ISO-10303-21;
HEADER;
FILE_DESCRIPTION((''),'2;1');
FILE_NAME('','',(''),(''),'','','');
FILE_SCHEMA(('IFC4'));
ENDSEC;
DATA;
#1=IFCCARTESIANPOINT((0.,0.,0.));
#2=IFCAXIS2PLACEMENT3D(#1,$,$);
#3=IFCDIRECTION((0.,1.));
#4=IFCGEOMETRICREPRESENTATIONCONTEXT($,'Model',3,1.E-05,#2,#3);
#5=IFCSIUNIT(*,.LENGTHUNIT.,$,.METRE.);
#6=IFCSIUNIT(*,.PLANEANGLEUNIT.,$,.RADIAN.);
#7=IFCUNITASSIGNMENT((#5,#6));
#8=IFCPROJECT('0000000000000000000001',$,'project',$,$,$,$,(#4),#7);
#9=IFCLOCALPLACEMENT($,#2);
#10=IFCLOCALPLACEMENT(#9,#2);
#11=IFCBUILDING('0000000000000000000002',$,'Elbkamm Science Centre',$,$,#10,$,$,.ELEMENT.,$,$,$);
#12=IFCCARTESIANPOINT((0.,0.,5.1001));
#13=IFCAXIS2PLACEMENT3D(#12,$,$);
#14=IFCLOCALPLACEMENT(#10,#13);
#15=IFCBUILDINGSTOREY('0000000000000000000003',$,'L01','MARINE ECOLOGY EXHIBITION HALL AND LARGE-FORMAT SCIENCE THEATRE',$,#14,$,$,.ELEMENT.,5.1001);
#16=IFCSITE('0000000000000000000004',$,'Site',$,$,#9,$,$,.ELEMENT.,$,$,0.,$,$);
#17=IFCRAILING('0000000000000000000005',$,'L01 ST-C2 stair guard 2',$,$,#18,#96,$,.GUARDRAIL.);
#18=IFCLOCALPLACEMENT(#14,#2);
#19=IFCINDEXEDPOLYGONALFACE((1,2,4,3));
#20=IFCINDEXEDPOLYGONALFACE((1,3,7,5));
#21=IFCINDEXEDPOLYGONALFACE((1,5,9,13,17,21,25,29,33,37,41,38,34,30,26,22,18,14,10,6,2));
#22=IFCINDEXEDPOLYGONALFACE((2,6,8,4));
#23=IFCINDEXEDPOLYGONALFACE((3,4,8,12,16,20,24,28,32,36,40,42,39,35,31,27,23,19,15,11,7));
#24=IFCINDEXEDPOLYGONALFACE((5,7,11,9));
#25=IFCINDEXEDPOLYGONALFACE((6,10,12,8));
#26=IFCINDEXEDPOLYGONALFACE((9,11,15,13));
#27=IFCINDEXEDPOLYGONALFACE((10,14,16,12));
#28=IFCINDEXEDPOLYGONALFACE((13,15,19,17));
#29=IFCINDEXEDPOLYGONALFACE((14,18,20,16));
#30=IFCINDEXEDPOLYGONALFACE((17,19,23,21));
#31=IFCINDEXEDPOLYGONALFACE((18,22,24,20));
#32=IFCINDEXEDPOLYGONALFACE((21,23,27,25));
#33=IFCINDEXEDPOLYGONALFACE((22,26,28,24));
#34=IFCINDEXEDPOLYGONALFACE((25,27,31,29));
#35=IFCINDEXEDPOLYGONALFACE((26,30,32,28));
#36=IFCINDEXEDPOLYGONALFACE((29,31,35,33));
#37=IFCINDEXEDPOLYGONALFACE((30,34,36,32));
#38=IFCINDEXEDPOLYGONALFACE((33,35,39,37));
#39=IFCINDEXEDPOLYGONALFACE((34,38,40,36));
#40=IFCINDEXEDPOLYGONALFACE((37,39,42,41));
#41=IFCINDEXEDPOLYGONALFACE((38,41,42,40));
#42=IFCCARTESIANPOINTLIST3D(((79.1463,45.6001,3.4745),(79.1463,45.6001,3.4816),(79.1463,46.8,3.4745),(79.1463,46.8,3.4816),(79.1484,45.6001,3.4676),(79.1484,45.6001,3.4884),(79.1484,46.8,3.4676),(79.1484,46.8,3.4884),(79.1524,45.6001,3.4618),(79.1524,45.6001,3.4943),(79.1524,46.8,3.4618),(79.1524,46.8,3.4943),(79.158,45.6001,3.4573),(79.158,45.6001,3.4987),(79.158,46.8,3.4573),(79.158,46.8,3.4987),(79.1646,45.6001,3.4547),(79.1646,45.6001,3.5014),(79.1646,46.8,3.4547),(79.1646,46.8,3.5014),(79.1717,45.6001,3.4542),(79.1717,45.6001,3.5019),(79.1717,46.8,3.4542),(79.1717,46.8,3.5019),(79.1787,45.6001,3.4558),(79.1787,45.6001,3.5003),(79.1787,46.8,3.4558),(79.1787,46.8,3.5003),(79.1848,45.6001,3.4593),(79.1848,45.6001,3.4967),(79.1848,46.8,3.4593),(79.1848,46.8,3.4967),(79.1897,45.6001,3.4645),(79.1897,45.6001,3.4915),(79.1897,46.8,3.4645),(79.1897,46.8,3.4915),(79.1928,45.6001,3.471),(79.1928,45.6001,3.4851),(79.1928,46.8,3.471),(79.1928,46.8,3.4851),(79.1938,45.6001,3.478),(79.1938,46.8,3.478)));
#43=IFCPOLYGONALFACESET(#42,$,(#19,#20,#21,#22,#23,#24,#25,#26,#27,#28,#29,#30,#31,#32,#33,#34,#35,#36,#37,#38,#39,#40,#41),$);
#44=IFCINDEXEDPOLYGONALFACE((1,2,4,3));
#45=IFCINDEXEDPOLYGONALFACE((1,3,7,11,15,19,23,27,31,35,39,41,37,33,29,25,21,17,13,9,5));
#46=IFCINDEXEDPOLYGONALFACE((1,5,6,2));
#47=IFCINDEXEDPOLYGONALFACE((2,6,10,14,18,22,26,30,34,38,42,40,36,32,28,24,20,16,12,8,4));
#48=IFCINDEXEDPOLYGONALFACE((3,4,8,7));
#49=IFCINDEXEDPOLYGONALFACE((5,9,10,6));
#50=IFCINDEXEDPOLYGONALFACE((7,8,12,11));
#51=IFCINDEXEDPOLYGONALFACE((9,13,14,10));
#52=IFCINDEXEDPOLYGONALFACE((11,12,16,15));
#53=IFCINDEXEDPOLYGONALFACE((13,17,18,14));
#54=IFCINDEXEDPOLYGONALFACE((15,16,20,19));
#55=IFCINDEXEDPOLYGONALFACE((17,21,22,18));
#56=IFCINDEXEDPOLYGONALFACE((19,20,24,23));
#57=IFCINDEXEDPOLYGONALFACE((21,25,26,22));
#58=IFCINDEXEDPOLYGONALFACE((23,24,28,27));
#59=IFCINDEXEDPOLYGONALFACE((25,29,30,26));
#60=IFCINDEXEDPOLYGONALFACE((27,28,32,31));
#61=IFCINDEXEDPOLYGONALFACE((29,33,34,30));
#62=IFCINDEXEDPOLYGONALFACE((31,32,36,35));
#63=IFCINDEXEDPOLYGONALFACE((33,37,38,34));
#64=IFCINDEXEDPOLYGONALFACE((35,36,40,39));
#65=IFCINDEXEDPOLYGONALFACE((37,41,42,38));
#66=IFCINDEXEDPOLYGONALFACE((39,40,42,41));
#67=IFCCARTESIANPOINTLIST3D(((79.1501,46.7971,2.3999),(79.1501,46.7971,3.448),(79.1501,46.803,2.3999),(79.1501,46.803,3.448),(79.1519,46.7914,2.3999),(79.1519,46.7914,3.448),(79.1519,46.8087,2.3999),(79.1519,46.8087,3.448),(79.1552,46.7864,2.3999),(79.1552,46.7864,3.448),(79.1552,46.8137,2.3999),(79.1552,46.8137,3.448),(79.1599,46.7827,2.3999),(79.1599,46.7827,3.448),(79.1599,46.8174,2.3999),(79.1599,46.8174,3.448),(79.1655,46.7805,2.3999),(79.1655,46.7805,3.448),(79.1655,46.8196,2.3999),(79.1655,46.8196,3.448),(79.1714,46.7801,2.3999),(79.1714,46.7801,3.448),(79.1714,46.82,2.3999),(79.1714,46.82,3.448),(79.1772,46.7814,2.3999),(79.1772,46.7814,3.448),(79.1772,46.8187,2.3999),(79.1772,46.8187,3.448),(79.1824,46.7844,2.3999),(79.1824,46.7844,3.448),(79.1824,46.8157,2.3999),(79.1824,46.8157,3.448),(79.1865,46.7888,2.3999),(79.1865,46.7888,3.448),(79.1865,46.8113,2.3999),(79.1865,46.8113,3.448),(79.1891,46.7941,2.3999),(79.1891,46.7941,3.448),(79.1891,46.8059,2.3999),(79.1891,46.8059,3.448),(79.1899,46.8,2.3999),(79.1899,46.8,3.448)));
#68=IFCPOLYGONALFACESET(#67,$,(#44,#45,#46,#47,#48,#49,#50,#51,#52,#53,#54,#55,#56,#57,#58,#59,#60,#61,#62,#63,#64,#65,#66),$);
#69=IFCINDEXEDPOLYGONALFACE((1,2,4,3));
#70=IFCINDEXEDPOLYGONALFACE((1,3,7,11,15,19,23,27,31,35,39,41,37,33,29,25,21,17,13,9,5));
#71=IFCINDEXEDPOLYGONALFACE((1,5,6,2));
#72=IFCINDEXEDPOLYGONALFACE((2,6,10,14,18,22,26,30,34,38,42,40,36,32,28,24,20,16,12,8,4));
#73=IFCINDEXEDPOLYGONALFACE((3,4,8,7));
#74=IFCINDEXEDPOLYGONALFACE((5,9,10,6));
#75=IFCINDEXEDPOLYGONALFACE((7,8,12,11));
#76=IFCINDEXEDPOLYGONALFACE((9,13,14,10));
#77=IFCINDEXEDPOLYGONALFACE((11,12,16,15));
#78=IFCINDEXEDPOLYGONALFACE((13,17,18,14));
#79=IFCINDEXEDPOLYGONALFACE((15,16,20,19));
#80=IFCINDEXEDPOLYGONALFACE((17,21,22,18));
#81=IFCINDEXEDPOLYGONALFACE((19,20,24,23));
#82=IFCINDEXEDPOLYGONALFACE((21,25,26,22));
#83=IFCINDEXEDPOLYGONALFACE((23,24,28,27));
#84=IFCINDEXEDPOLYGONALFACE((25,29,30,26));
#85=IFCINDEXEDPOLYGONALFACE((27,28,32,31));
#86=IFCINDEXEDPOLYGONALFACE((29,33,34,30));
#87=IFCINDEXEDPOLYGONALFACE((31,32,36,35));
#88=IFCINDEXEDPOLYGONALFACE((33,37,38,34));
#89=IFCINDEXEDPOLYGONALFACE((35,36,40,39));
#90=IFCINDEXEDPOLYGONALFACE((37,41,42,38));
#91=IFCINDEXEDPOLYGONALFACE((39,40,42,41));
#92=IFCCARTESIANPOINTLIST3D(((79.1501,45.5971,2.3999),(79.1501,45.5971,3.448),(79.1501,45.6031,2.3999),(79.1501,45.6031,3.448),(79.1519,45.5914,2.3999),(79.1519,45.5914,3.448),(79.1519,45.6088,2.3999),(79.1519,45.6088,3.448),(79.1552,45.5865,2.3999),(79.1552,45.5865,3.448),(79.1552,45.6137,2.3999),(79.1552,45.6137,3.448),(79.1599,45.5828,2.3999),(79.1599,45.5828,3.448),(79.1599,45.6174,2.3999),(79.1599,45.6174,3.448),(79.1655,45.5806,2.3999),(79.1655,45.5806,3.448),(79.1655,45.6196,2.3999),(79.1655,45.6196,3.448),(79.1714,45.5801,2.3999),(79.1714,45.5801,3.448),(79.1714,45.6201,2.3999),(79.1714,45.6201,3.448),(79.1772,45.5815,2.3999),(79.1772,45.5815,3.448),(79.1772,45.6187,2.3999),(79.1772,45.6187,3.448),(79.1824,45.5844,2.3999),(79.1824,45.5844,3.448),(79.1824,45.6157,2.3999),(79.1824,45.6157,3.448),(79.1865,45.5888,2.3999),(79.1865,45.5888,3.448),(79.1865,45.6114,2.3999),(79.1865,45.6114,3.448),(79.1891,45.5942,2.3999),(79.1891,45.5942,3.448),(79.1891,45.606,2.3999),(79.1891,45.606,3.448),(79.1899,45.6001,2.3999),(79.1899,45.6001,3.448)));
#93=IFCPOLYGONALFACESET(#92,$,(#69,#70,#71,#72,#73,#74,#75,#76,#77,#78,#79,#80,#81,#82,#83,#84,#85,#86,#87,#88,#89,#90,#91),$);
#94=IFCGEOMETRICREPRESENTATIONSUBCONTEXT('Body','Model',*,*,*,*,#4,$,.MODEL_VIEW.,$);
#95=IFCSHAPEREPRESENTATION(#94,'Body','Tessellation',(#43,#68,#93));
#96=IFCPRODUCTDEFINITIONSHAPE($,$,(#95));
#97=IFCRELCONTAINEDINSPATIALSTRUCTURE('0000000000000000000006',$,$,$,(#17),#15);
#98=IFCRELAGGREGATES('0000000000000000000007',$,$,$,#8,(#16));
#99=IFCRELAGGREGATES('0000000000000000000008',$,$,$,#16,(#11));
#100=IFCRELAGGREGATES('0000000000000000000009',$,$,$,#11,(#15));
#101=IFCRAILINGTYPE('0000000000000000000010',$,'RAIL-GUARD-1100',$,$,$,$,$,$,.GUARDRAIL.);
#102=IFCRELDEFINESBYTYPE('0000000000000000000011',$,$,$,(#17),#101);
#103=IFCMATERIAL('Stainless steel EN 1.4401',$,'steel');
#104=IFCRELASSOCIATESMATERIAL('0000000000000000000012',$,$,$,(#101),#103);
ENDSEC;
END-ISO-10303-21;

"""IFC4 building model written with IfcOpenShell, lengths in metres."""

from ifc_helpers import new_model, si_unit, direction, frame, origin, origin_2d, place, context, subcontext, project, spatial, circle, extrude, material, type_object, element, save


model = new_model("IFC4")

# Units and contexts
model_context = context("Model", 3, precision=1e-05, world=origin(), true_north=direction((0.0, 1.0)))
body_context = subcontext(model_context, "Body", "Model", "MODEL_VIEW")
ifc_project = project(units=[si_unit("LENGTHUNIT", "METRE"), si_unit("PLANEANGLEUNIT", "RADIAN")], contexts=[model_context])

# Site, building, storey
site_placement = place(None, origin())
site = spatial("IfcSite", under=ifc_project, at=site_placement, Name="Site", CompositionType="ELEMENT", RefElevation=0.0)
building_placement = place(site_placement, origin())
building = spatial("IfcBuilding", under=site, at=building_placement, Name="Elbkamm Science Centre", CompositionType="ELEMENT")
storey_placement = place(building_placement, frame((0.0, 0.0, 5.1001)))
storey = spatial("IfcBuildingStorey", under=building, at=storey_placement, Name="L01", Description="MARINE ECOLOGY EXHIBITION HALL AND LARGE-FORMAT SCIENCE THEATRE", CompositionType="ELEMENT", Elevation=5.1001)

# Railing
ifc_material_1 = material(Name="Stainless steel EN 1.4401", Category="steel")
railing_type_1 = type_object("IfcRailingType", Name="RAIL-GUARD-1100", PredefinedType="GUARDRAIL", material=ifc_material_1)
railing_1_placement = place(storey_placement, frame((79.1699, 46.8, 2.3999)))
element("IfcRailing", 1, at=railing_1_placement, inside=storey, type_object=railing_type_1, Name="L01 ST-C2 stair guard 2", PredefinedType="GUARDRAIL", context=body_context, shape_type="SweptSolid", body=[
    extrude(circle(Radius=0.0239, at=origin_2d()), frame((0.0, 0.0, 1.0781), z_axis=(0.0, -1.0, 0.0), x_axis=(1.0, 0.0, 0.0)), (0.0, 0.0, 1.0), 1.2),
    extrude(circle(Radius=0.02, at=origin_2d()), origin(), (0.0, 0.0, 1.0), 1.0481),
    extrude(circle(Radius=0.02, at=origin_2d()), frame((0.0, -1.2, 0.0)), (0.0, 0.0, 1.0), 1.0481),
])

save(model, "model.ifc")
